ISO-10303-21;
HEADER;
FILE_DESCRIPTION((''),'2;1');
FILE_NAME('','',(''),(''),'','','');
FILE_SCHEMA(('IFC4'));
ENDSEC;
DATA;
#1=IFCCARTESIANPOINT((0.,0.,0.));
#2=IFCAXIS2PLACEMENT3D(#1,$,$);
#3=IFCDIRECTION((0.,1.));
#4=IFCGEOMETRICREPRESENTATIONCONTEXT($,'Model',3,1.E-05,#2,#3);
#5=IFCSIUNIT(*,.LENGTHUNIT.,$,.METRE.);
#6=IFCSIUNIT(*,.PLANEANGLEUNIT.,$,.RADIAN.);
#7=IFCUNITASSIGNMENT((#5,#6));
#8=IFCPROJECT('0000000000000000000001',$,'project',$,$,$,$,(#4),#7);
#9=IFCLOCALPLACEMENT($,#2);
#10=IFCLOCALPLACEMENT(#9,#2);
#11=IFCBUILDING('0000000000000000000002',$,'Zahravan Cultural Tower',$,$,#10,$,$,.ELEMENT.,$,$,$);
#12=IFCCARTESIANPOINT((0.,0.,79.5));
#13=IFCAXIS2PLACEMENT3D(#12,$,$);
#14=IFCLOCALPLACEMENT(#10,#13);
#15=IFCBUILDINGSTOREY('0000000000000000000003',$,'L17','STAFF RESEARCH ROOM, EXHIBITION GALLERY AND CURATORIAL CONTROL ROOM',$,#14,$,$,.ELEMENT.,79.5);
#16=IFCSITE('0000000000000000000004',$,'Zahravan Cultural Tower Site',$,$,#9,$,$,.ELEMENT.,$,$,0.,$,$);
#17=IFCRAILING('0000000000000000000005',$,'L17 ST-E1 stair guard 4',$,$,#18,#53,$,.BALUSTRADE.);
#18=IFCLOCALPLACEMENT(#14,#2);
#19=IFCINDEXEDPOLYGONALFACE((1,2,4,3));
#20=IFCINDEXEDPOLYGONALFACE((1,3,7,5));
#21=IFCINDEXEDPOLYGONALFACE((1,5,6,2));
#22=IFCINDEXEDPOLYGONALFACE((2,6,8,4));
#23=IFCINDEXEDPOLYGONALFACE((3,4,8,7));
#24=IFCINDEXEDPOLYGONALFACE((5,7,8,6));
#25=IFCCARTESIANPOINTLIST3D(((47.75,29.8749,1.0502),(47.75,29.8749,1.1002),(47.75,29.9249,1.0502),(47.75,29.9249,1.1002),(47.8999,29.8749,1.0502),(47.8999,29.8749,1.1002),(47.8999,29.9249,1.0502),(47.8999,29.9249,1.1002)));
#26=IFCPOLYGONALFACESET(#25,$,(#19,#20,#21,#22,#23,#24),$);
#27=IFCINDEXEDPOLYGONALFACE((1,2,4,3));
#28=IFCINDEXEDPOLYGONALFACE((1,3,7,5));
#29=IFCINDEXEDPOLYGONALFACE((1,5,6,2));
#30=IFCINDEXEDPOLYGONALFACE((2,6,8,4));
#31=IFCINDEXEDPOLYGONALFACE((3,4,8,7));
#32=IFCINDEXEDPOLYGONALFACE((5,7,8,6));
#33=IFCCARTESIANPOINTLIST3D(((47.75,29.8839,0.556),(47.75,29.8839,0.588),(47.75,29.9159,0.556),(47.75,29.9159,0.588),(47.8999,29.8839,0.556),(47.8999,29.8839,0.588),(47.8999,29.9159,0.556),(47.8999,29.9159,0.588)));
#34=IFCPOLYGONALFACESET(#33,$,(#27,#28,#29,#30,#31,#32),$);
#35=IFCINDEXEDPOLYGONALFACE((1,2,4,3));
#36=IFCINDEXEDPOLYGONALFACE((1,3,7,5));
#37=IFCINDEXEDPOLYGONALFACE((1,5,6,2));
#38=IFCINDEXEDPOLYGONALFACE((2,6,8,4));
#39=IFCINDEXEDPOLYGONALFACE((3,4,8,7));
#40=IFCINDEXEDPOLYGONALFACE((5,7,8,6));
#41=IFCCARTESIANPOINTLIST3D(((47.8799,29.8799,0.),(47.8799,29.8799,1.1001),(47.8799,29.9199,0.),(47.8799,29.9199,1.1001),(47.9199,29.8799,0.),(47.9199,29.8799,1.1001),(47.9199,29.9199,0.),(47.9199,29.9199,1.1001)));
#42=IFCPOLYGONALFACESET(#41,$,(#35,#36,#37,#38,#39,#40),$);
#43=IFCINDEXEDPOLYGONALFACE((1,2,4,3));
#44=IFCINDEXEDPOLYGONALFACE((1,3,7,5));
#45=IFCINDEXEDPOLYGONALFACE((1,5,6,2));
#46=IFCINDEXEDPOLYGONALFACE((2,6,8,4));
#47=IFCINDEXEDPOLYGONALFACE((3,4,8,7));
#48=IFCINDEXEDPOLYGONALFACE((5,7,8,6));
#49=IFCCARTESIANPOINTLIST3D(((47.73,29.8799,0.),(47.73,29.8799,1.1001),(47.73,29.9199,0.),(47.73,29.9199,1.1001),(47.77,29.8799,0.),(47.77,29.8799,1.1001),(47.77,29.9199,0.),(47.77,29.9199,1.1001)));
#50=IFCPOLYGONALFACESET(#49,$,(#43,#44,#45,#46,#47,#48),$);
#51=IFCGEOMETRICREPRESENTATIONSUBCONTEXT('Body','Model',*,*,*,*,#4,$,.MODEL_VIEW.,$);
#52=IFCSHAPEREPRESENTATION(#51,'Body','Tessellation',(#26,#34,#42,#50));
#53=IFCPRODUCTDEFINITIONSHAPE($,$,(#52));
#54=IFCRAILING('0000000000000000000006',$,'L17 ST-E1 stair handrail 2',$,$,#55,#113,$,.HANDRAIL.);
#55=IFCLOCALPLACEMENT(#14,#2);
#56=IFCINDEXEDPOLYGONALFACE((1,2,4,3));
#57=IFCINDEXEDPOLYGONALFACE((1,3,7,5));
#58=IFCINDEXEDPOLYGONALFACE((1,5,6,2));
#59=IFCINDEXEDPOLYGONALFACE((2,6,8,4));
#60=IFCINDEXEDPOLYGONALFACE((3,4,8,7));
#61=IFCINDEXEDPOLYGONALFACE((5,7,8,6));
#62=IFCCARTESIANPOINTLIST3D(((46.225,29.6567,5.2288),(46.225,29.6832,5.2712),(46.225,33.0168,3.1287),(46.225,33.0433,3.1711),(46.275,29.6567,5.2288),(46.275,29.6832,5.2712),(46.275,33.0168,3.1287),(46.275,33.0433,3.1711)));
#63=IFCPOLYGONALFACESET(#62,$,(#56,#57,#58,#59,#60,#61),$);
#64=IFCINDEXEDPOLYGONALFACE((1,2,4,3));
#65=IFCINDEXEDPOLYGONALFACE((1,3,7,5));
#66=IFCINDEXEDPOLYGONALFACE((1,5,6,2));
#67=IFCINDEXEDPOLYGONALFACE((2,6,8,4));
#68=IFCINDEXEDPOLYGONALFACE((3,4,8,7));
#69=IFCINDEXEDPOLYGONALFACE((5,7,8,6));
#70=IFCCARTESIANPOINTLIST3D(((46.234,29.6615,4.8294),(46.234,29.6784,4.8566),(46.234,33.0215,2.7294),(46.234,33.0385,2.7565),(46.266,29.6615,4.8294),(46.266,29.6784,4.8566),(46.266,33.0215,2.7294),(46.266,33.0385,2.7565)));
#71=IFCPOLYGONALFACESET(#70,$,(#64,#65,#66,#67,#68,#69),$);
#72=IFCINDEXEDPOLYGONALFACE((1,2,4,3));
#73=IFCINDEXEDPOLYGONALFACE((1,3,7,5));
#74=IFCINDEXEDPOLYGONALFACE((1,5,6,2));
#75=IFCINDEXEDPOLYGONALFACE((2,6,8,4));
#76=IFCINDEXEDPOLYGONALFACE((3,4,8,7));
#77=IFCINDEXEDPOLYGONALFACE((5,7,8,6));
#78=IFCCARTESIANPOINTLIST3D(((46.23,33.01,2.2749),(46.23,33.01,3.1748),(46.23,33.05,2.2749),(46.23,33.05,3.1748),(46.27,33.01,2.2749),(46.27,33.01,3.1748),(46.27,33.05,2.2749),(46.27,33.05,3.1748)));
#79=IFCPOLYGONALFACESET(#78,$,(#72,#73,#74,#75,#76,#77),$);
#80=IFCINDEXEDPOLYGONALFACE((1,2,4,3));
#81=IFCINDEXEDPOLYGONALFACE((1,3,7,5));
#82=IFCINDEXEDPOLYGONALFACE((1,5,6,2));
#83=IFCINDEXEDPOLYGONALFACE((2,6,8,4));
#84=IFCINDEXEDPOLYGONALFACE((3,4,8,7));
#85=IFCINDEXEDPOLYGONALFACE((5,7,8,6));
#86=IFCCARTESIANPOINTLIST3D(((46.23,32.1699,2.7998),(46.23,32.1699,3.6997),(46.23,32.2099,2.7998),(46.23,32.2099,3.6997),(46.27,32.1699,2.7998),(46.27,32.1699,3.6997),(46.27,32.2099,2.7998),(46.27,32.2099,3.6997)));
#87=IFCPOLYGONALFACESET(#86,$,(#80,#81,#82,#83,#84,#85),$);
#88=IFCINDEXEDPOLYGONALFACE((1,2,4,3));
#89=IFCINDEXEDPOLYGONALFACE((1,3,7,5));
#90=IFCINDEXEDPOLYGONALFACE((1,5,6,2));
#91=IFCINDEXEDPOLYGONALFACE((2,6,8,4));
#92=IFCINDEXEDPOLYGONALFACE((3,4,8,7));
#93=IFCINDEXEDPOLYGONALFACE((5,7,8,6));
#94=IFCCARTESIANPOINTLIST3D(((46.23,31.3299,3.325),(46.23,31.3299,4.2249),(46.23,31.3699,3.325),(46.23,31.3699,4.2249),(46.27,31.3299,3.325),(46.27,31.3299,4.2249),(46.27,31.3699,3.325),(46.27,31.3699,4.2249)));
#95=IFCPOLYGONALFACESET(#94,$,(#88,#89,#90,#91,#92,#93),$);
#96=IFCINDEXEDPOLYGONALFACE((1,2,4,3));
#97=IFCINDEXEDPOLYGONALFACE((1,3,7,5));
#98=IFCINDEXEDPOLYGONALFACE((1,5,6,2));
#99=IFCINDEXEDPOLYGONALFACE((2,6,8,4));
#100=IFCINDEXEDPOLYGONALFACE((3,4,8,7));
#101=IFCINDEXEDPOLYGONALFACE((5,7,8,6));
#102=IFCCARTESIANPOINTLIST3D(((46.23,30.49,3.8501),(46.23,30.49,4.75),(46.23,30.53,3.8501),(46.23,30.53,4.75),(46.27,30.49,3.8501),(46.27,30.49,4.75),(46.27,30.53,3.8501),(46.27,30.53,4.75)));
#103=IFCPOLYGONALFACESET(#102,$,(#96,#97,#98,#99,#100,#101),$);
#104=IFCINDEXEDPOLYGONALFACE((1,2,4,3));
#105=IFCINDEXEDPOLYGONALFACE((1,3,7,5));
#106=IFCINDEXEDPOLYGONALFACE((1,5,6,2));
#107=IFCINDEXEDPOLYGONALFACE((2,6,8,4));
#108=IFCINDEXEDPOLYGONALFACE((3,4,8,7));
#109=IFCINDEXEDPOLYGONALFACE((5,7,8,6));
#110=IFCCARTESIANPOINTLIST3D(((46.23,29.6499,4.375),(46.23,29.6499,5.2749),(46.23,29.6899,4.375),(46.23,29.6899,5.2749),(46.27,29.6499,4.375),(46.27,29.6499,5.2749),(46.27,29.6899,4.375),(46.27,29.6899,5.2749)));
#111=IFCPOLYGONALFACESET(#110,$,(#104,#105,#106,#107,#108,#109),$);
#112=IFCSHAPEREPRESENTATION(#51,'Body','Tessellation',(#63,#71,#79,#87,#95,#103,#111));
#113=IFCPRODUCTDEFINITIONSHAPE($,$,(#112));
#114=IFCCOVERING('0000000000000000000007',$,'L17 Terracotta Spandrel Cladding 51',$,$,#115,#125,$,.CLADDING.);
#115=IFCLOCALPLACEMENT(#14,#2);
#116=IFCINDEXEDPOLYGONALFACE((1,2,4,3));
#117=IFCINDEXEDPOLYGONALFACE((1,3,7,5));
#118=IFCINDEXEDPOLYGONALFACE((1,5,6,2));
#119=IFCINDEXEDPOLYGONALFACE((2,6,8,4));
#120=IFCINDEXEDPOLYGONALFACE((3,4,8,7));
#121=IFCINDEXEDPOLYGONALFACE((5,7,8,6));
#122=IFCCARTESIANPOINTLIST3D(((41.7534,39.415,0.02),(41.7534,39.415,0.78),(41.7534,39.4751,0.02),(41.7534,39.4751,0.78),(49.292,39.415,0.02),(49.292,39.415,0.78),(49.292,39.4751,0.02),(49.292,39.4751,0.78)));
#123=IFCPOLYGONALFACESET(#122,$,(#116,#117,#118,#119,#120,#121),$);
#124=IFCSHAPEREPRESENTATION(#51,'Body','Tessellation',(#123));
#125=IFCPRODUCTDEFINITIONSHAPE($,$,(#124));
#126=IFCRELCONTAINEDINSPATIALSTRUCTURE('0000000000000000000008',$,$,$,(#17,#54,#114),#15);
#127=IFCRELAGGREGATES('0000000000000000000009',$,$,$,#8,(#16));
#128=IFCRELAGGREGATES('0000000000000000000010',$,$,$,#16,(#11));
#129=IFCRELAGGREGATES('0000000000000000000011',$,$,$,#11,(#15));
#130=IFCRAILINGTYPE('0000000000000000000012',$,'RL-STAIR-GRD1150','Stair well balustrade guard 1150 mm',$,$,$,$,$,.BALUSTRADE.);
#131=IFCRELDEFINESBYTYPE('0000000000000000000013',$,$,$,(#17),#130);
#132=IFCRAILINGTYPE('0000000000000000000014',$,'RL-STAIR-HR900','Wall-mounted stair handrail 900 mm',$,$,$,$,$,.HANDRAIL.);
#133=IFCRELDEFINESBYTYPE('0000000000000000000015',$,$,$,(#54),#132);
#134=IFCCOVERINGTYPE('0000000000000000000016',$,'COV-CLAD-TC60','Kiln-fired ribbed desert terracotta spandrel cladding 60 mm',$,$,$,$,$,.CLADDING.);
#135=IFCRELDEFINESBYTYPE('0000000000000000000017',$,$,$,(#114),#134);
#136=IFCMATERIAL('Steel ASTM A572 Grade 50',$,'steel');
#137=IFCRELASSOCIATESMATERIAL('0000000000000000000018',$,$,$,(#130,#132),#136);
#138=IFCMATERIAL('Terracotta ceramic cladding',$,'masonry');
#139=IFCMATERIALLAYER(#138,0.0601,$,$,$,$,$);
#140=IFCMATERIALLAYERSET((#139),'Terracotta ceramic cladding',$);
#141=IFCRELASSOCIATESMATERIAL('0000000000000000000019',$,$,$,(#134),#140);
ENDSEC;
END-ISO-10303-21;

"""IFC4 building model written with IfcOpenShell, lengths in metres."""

from ifc_helpers import new_model, si_unit, direction, frame, origin, origin_2d, place, context, subcontext, project, spatial, rectangle, extrude, source, transform, mapped, material, layer, layer_set, type_object, element, save


model = new_model("IFC4")

# Units and contexts
model_context = context("Model", 3, precision=1e-05, world=origin(), true_north=direction((0.0, 1.0)))
body_context = subcontext(model_context, "Body", "Model", "MODEL_VIEW")
ifc_project = project(units=[si_unit("LENGTHUNIT", "METRE"), si_unit("PLANEANGLEUNIT", "RADIAN")], contexts=[model_context])

# Site, building, storey
site_placement = place(None, origin())
site = spatial("IfcSite", under=ifc_project, at=site_placement, Name="Zahravan Cultural Tower Site", CompositionType="ELEMENT", RefElevation=0.0)
building_placement = place(site_placement, origin())
building = spatial("IfcBuilding", under=site, at=building_placement, Name="Zahravan Cultural Tower", CompositionType="ELEMENT")
storey_placement = place(building_placement, frame((0.0, 0.0, 79.5)))
storey = spatial("IfcBuildingStorey", under=building, at=storey_placement, Name="L17", Description="STAFF RESEARCH ROOM, EXHIBITION GALLERY AND CURATORIAL CONTROL ROOM", CompositionType="ELEMENT", Elevation=79.5)

# Shared definitions
ifc_material_1 = material(Name="Steel ASTM A572 Grade 50", Category="steel")

# Railings
railing_type_1 = type_object("IfcRailingType", Name="RL-STAIR-GRD1150", Description="Stair well balustrade guard 1150 mm", PredefinedType="BALUSTRADE", material=ifc_material_1)
railing_1_placement = place(storey_placement, frame((47.8999, 29.8999, 0.0)))
element("IfcRailing", 1, at=railing_1_placement, inside=storey, type_object=railing_type_1, Name="L17 ST-E1 stair guard 4", PredefinedType="BALUSTRADE", context=body_context, shape_type="SweptSolid", body=[
    extrude(rectangle(XDim=0.05, YDim=0.05, at=origin_2d()), frame((0.0, 0.0, 1.0752), z_axis=(-1.0, 0.0, 0.0), x_axis=(0.0, -1.0, 0.0)), (0.0, 0.0, 1.0), 0.1499),
    extrude(rectangle(XDim=0.032, YDim=0.032, at=origin_2d()), frame((0.0, 0.0, 0.572), z_axis=(-1.0, 0.0, 0.0), x_axis=(0.0, -1.0, 0.0)), (0.0, 0.0, 1.0), 0.1499),
    extrude(rectangle(XDim=0.04, YDim=0.04, at=origin_2d()), origin(), (0.0, 0.0, 1.0), 1.1001),
    extrude(rectangle(XDim=0.04, YDim=0.04, at=origin_2d()), frame((-0.1499, 0.0, 0.0)), (0.0, 0.0, 1.0), 1.1001),
])
railing_type_2 = type_object("IfcRailingType", Name="RL-STAIR-HR900", Description="Wall-mounted stair handrail 900 mm", PredefinedType="HANDRAIL", material=ifc_material_1)
railing_2_placement = place(storey_placement, frame((46.25, 33.03, 2.2749)))
element("IfcRailing", 2, at=railing_2_placement, inside=storey, type_object=railing_type_2, Name="L17 ST-E1 stair handrail 2", PredefinedType="HANDRAIL", context=body_context, shape_type="SweptSolid", body=[
    extrude(rectangle(XDim=0.05, YDim=0.05, at=origin_2d()), frame((0.0, 0.0, 0.875), z_axis=(0.0, -0.847995, 0.530004), x_axis=(1.0, 0.0, 0.0)), (0.0, 0.0, 1.0), 3.9624),
    extrude(rectangle(XDim=0.032, YDim=0.032, at=origin_2d()), frame((0.0, 0.0, 0.468), z_axis=(0.0, -0.847995, 0.530004), x_axis=(1.0, 0.0, 0.0)), (0.0, 0.0, 1.0), 3.9624),
    extrude(rectangle(XDim=0.04, YDim=0.04, at=origin_2d()), origin(), (0.0, 0.0, 1.0), 0.8999),
    extrude(rectangle(XDim=0.04, YDim=0.04, at=origin_2d()), frame((0.0, -0.8401, 0.5249)), (0.0, 0.0, 1.0), 0.8999),
    extrude(rectangle(XDim=0.04, YDim=0.04, at=origin_2d()), frame((0.0, -1.6802, 1.05)), (0.0, 0.0, 1.0), 0.8999),
    extrude(rectangle(XDim=0.04, YDim=0.04, at=origin_2d()), frame((0.0, -2.52, 1.5752)), (0.0, 0.0, 1.0), 0.8999),
    extrude(rectangle(XDim=0.04, YDim=0.04, at=origin_2d()), frame((0.0, -3.3601, 2.1001)), (0.0, 0.0, 1.0), 0.8999),
])

# Covering
ifc_material_2 = material(Name="Terracotta ceramic cladding", Category="masonry")
ifc_layer_1 = layer(ifc_material_2, 0.0601)
ifc_layer_set_1 = layer_set([ifc_layer_1], Name="Terracotta ceramic cladding")
covering_type = type_object("IfcCoveringType", Name="COV-CLAD-TC60", Description="Kiln-fired ribbed desert terracotta spandrel cladding 60 mm", PredefinedType="CLADDING", material=ifc_layer_set_1)
shared_shape_1 = source(origin(), body_context, "Body", "SweptSolid", [
    extrude(rectangle(XDim=7.5386, YDim=0.0601, at=origin_2d()), origin(), (0.0, 0.0, 1.0), 0.76),
])
covering_placement = place(storey_placement, frame((45.5227, 39.4451, 0.02), z_axis=(0.0, 0.0, 1.0), x_axis=(1.0, 0.0, 0.0)))
element("IfcCovering", 3, at=covering_placement, inside=storey, type_object=covering_type, Name="L17 Terracotta Spandrel Cladding 51", PredefinedType="CLADDING", context=body_context, shape_type="MappedRepresentation", body=[
    mapped(shared_shape_1, transform((0.0, 0.0, 0.0), x_axis=(1.0, 0.0, 0.0), y_axis=(0.0, 1.0, 0.0), z_axis=(0.0, 0.0, 1.0), scale=1.0)),
])

save(model, "model.ifc")
